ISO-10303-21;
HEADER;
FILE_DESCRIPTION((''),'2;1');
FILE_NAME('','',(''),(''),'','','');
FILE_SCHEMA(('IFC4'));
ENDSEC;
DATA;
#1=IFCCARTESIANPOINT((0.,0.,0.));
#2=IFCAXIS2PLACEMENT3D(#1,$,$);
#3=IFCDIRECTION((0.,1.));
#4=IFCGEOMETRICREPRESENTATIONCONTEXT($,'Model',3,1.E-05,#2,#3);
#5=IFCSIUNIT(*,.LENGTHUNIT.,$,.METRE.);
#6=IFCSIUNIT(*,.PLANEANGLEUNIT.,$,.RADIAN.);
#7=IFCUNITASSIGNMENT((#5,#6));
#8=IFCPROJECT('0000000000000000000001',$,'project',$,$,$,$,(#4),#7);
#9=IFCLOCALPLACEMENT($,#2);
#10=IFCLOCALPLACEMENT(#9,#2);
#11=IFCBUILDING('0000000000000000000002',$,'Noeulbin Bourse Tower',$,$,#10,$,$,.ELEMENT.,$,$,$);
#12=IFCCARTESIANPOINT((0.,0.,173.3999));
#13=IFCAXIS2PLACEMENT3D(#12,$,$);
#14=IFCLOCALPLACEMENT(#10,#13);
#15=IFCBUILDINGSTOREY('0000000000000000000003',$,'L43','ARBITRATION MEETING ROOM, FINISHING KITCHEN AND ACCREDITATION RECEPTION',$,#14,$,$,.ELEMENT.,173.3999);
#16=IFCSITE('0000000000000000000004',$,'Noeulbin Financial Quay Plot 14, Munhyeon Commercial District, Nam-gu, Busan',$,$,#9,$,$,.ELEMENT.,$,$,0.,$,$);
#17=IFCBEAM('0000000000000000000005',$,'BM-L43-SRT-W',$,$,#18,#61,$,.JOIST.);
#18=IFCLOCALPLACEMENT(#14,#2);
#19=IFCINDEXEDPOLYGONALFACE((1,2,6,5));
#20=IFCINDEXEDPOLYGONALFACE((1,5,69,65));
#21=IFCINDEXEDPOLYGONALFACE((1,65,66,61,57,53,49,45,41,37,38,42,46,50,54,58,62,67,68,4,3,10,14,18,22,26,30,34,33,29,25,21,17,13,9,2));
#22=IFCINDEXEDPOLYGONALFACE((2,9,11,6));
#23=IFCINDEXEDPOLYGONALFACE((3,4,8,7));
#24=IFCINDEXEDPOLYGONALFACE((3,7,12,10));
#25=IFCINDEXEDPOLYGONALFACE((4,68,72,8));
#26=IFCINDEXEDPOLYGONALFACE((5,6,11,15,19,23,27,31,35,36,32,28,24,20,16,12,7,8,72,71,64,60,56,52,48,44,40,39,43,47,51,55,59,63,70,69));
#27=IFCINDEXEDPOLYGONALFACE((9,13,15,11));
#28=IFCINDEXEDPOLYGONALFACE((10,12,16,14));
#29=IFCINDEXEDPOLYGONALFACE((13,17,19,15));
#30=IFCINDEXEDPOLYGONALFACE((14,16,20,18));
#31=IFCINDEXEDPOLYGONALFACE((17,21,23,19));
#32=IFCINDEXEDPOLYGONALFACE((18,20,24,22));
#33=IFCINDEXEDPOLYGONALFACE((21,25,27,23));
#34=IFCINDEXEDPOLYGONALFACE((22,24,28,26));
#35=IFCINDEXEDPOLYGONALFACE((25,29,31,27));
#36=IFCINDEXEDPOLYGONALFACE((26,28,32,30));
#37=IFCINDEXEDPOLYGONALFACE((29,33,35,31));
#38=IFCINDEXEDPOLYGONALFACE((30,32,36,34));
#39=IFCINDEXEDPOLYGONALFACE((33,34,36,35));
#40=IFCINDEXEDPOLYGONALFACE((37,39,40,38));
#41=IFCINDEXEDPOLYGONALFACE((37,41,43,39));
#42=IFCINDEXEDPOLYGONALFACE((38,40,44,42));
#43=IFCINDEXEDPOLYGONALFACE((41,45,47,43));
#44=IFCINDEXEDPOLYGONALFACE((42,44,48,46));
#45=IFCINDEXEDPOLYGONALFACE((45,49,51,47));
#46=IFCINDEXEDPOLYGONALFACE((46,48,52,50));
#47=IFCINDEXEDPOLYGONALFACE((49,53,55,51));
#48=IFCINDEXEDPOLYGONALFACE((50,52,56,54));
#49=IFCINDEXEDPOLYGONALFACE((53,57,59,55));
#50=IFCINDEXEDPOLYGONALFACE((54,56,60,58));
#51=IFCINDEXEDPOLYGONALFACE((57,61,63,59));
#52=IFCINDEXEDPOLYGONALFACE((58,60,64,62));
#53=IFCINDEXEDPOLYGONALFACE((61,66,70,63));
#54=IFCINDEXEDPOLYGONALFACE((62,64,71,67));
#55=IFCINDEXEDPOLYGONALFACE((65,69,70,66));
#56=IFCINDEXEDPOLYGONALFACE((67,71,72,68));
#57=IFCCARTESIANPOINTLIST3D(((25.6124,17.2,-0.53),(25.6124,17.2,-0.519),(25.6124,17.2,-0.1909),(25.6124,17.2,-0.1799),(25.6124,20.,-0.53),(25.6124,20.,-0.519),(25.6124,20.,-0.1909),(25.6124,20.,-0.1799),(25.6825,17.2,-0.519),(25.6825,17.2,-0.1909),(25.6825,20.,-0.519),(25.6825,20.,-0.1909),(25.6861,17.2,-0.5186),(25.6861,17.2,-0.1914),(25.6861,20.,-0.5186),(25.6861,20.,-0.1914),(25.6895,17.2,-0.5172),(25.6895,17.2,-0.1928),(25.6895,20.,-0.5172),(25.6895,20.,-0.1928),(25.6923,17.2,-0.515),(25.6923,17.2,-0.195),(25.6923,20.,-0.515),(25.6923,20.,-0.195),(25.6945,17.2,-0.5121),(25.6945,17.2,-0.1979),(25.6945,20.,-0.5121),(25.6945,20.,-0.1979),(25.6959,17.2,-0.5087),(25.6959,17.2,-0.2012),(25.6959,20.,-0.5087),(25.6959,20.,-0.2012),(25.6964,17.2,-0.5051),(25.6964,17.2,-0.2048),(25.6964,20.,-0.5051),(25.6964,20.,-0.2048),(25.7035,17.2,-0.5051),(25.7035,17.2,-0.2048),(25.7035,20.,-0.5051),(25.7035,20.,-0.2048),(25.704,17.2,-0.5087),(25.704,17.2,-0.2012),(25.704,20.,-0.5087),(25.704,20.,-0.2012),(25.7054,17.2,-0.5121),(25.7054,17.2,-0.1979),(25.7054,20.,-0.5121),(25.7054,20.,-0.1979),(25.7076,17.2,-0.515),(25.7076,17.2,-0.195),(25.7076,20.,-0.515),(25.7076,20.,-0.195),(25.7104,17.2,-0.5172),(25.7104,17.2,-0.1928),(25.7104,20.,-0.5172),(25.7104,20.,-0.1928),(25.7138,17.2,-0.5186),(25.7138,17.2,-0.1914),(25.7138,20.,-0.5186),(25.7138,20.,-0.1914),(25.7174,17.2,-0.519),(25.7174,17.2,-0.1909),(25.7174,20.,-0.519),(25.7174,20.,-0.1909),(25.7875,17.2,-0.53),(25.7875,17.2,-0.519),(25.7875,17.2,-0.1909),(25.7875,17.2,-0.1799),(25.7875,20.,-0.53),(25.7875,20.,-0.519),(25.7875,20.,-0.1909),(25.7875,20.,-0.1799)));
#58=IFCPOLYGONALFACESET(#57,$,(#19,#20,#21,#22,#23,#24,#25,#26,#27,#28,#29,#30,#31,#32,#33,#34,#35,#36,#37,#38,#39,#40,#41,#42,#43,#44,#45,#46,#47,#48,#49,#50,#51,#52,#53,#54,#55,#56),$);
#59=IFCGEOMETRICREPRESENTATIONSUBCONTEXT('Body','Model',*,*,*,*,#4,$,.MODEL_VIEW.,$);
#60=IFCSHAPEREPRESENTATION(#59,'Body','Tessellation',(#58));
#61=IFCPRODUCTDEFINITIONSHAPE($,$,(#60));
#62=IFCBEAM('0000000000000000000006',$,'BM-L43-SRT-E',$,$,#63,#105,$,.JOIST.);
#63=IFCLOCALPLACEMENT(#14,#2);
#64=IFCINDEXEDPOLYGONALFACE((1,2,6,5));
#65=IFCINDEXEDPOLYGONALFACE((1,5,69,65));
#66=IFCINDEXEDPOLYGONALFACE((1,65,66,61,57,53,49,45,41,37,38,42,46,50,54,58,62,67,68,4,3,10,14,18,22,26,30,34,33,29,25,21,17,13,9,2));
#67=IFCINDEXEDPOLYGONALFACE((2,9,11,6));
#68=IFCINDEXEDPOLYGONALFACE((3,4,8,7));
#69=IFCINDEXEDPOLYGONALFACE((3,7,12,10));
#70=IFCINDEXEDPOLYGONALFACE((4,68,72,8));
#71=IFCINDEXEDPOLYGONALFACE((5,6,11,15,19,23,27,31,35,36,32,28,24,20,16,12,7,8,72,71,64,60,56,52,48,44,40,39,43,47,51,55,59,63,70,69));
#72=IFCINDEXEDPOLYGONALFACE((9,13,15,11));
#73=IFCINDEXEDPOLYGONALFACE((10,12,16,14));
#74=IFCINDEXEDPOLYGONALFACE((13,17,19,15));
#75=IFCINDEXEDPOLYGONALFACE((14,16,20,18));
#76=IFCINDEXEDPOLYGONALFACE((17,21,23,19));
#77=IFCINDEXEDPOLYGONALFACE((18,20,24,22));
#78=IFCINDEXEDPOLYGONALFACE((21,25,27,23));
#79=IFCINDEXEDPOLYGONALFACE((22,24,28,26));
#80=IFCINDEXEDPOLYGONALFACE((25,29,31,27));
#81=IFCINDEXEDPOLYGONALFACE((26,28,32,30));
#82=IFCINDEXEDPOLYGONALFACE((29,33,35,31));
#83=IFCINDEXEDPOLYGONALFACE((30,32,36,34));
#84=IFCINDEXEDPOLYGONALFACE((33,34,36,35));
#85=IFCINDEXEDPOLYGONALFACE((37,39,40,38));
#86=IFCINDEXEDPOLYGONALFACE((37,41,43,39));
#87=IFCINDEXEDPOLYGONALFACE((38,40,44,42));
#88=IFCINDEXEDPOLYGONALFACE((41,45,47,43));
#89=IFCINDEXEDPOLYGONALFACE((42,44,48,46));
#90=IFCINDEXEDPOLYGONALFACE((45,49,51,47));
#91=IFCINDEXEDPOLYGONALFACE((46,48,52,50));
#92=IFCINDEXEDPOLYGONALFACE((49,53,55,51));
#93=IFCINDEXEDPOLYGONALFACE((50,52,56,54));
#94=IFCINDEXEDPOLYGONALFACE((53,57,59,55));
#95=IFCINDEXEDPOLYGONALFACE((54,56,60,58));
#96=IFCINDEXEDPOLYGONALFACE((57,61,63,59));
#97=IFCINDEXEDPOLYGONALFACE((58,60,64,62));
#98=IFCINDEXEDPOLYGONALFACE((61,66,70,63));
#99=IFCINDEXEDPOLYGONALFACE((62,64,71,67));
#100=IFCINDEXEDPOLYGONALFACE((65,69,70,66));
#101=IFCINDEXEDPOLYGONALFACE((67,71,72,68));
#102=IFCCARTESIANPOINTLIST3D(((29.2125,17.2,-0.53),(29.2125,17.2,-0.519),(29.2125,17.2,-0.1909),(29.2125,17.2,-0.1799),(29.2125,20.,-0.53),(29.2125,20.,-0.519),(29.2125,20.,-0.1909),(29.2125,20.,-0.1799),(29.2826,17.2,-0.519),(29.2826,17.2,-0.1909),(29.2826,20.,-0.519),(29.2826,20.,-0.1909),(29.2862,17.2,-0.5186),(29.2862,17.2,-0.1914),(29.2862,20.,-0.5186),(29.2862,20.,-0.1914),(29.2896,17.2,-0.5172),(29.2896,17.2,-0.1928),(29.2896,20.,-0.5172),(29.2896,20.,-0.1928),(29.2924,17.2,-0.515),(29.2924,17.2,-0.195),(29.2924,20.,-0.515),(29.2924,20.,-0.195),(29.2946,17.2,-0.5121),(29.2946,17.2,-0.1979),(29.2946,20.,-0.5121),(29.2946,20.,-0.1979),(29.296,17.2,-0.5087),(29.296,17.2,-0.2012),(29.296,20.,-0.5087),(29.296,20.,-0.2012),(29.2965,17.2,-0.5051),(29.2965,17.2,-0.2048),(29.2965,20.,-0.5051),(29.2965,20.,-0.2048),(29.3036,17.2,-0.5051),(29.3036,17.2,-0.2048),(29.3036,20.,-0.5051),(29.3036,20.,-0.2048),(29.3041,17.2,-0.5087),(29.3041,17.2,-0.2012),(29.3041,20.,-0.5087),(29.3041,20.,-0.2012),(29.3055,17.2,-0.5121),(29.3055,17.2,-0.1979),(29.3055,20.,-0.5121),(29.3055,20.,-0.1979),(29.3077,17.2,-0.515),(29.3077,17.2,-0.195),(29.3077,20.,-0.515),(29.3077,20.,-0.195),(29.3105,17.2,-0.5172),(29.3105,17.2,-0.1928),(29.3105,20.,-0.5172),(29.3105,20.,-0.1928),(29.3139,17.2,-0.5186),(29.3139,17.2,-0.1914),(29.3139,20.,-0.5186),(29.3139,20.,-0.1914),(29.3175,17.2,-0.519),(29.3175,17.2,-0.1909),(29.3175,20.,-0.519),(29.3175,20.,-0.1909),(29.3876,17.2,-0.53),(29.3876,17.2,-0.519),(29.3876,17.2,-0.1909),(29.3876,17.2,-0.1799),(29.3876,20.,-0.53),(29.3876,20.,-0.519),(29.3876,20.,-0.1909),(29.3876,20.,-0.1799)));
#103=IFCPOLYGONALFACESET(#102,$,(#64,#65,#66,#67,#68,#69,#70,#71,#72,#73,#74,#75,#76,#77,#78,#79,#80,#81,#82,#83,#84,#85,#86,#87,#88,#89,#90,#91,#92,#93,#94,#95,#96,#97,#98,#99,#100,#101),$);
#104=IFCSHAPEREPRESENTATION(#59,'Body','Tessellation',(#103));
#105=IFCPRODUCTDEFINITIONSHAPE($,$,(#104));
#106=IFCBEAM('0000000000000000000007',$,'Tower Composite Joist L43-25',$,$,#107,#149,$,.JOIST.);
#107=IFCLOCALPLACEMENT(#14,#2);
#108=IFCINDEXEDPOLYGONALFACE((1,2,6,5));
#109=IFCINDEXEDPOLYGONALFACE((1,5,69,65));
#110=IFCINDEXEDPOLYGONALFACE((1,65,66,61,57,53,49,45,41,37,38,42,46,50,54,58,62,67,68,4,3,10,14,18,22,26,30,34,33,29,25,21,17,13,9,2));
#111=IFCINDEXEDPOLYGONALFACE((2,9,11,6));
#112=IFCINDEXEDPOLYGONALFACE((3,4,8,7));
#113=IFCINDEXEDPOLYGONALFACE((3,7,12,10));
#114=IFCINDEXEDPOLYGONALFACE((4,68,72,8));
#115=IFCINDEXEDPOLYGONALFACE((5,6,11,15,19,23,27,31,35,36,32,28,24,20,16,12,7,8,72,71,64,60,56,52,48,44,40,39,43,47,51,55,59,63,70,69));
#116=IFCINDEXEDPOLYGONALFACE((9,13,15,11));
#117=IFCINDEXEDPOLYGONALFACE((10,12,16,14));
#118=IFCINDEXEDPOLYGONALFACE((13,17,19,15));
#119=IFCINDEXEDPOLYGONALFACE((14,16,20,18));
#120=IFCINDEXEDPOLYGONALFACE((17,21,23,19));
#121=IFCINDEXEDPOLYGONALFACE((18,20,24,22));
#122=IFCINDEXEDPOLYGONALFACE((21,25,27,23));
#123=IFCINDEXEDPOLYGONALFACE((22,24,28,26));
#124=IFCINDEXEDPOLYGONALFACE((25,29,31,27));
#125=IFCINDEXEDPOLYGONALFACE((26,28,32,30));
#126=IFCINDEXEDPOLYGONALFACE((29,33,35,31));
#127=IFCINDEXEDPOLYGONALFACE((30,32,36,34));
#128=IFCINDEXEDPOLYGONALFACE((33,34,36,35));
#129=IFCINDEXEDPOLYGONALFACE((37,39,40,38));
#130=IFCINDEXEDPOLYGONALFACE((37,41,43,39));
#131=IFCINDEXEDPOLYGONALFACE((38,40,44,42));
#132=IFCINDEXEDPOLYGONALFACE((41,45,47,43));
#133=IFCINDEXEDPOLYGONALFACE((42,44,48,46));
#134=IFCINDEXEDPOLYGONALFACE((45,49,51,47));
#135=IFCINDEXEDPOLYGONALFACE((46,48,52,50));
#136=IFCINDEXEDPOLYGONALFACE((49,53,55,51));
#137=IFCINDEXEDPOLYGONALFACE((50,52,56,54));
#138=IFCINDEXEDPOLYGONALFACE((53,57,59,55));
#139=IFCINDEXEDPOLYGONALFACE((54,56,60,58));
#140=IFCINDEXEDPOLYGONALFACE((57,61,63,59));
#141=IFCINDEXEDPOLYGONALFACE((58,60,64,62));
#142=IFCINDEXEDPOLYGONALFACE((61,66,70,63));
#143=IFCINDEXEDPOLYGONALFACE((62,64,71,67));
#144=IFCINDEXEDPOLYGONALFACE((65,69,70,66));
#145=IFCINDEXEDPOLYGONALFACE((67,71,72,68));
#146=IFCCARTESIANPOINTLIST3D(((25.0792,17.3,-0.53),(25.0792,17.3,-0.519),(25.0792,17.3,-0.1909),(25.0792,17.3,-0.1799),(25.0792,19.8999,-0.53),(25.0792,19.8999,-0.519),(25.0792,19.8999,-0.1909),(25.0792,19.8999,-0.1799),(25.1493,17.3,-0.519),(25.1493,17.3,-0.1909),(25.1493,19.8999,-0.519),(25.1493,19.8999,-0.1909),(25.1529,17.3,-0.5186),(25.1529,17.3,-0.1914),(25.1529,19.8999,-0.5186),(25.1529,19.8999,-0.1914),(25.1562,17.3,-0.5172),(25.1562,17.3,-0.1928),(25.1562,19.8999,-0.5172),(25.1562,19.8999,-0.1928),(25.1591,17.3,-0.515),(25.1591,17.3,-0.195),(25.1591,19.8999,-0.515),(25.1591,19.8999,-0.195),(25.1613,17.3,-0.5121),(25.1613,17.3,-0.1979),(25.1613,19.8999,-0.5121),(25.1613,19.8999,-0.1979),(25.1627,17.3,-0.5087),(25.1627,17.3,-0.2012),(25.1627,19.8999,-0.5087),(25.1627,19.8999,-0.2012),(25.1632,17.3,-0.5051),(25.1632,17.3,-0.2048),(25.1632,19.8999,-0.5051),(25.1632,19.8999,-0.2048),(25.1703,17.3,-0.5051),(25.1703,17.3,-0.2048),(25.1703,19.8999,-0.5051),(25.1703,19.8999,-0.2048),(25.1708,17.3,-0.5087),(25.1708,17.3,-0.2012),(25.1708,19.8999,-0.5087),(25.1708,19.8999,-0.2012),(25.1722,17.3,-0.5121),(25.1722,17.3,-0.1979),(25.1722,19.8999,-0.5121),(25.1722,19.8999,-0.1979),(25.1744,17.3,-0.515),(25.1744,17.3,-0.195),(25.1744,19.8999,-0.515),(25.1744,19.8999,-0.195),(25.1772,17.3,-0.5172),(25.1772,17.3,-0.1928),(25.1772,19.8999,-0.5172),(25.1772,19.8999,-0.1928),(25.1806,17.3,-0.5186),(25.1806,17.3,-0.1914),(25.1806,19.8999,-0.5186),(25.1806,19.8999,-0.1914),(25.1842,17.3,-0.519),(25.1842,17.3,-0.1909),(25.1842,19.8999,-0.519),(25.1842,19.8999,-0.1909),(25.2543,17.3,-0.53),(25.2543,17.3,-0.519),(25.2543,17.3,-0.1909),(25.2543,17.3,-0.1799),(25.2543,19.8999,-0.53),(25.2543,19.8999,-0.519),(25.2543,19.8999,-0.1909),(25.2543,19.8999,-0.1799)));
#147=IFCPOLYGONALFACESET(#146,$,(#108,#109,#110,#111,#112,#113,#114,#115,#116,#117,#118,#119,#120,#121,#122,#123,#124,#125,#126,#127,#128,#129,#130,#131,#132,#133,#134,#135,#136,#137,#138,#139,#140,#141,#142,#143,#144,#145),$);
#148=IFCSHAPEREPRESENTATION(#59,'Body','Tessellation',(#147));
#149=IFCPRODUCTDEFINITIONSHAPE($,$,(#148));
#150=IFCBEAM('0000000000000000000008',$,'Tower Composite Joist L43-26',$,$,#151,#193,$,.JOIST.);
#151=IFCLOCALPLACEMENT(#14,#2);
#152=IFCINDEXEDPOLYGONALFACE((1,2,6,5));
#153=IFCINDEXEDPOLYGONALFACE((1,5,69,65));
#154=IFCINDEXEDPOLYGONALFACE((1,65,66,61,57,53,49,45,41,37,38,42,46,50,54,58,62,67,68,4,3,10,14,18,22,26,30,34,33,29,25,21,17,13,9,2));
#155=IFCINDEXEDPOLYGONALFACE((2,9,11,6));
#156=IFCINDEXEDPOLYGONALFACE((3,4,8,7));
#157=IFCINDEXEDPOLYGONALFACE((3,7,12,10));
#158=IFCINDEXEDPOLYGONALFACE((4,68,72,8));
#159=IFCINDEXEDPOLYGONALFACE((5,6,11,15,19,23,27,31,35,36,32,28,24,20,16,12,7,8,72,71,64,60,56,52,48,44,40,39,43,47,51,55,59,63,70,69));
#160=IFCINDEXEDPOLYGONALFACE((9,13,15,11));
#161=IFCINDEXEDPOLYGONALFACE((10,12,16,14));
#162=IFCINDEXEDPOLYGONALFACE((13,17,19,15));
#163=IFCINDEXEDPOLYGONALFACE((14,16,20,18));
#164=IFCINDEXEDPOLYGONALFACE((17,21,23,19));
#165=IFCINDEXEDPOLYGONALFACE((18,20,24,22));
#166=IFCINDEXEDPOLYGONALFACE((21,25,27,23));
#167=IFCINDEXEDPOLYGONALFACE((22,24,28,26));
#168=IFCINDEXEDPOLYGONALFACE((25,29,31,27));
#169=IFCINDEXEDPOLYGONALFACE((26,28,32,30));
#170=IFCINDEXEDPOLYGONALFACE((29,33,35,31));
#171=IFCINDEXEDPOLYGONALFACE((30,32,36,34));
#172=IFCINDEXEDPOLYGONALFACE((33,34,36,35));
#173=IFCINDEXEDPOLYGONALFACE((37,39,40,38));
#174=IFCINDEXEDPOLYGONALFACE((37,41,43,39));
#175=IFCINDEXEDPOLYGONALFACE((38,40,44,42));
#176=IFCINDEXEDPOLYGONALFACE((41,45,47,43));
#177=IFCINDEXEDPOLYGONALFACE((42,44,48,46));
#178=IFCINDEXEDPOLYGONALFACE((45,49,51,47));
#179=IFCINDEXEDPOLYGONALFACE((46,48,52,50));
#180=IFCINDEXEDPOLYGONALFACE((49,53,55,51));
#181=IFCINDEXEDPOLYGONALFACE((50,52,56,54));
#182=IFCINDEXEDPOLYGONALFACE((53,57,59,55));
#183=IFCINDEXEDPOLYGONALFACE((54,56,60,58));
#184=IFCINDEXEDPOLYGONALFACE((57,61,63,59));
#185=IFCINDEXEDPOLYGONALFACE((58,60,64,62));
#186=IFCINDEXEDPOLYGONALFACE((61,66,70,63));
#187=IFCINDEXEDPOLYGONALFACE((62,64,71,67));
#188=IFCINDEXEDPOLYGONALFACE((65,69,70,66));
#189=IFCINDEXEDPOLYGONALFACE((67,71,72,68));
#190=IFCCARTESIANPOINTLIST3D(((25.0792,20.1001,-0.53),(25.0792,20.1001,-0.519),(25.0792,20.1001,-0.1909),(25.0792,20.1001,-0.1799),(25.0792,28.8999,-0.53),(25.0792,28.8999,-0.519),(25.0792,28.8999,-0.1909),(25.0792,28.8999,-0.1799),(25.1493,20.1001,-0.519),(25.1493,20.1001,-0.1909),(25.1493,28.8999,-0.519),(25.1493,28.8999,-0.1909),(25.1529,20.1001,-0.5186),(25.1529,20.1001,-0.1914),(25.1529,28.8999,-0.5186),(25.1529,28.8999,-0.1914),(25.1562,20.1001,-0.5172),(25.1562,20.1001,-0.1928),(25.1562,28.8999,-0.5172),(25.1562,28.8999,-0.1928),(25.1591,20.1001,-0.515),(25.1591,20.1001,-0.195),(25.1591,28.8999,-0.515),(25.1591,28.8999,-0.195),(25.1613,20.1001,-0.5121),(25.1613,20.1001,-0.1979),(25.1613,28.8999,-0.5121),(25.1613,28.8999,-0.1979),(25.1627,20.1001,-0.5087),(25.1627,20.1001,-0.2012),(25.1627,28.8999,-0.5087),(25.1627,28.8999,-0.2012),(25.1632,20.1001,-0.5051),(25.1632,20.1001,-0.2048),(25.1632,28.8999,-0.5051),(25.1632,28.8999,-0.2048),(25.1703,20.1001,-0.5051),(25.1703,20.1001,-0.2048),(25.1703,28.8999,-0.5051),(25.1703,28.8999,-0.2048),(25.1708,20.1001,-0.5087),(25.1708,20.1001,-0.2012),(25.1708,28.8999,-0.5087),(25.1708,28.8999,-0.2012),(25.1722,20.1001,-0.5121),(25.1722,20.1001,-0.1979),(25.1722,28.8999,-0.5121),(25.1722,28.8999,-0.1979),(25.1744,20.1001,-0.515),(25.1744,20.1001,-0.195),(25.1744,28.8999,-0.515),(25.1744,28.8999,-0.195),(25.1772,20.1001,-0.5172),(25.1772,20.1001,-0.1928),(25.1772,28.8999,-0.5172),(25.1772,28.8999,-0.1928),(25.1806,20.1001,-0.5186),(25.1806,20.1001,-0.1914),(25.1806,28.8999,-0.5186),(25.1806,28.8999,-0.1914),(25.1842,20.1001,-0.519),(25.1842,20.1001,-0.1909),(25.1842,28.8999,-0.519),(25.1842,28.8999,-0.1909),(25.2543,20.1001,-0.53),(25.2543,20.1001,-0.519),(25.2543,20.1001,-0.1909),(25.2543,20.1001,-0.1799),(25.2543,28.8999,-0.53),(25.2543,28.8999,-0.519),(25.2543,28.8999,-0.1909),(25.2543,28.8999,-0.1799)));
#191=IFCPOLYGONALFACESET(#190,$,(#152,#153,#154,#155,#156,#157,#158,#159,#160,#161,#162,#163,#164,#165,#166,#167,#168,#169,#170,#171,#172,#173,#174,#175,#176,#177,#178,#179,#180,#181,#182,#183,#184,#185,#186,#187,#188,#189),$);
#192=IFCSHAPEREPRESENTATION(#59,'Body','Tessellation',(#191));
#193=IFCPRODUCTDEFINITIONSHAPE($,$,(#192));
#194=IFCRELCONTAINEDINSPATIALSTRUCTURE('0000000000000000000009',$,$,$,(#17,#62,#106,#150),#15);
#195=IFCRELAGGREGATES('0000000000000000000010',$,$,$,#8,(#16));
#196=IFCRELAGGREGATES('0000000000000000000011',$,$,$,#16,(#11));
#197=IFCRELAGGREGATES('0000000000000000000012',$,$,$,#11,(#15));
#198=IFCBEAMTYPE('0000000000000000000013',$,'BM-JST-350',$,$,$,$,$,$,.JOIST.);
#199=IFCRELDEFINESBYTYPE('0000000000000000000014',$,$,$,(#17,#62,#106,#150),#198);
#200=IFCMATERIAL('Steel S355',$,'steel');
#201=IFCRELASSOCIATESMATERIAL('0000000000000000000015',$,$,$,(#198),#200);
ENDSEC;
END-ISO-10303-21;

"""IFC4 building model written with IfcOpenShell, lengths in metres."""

from ifc_helpers import new_model, si_unit, direction, frame, origin, origin_2d, place, context, subcontext, project, spatial, i_section, extrude, material, material_profile, profile_set, type_object, element, save


model = new_model("IFC4")

# Units and contexts
model_context = context("Model", 3, precision=1e-05, world=origin(), true_north=direction((0.0, 1.0)))
body_context = subcontext(model_context, "Body", "Model", "MODEL_VIEW")
ifc_project = project(units=[si_unit("LENGTHUNIT", "METRE"), si_unit("PLANEANGLEUNIT", "RADIAN")], contexts=[model_context])

# Site, building, storey
site_placement = place(None, origin())
site = spatial("IfcSite", under=ifc_project, at=site_placement, Name="Noeulbin Financial Quay Plot 14, Munhyeon Commercial District, Nam-gu, Busan", CompositionType="ELEMENT", RefElevation=0.0)
building_placement = place(site_placement, origin())
building = spatial("IfcBuilding", under=site, at=building_placement, Name="Noeulbin Bourse Tower", CompositionType="ELEMENT")
storey_placement = place(building_placement, frame((0.0, 0.0, 173.3999)))
storey = spatial("IfcBuildingStorey", under=building, at=storey_placement, Name="L43", Description="ARBITRATION MEETING ROOM, FINISHING KITCHEN AND ACCREDITATION RECEPTION", CompositionType="ELEMENT", Elevation=173.3999)

# Beams
ifc_material_1 = material(Name="Steel S355", Category="steel")
ifc_material_profile_1 = material_profile(ifc_material_1, i_section(OverallWidth=0.175, OverallDepth=0.3501, WebThickness=0.0071, FlangeThickness=0.011, FilletRadius=0.0139, at=origin_2d()), Name="H-350x175x7x11", Category="LoadBearing")
ifc_profile_set_1 = profile_set([ifc_material_profile_1], Name="Steel S355")
beam_type_1 = type_object("IfcBeamType", Name="BM-JST-350", PredefinedType="JOIST", material=ifc_profile_set_1)
for number, where, z_axis, x_axis, name in (
    (1, (25.7, 17.2, -0.355), (0.0, 1.0, 0.0), (-1.0, 0.0, 0.0), "BM-L43-SRT-W"),
    (2, (29.3, 17.2, -0.355), (0.0, 1.0, 0.0), (-1.0, 0.0, 0.0), "BM-L43-SRT-E"),
):
    element("IfcBeam", number, at=place(storey_placement, frame(where, z_axis=z_axis, x_axis=x_axis)), inside=storey, type_object=beam_type_1, Name=name, PredefinedType="JOIST", context=body_context, shape_type="SweptSolid", body=[
        extrude(i_section(OverallWidth=0.175, OverallDepth=0.3501, WebThickness=0.0071, FlangeThickness=0.011, FilletRadius=0.0139, at=origin_2d()), origin(), (0.0, 0.0, 1.0), 2.8),
    ])
beam_1_placement = place(storey_placement, frame((25.1667, 17.3, -0.355), z_axis=(0.0, 1.0, 0.0), x_axis=(-1.0, 0.0, 0.0)))
element("IfcBeam", 3, at=beam_1_placement, inside=storey, type_object=beam_type_1, Name="Tower Composite Joist L43-25", PredefinedType="JOIST", context=body_context, shape_type="SweptSolid", body=[
    extrude(i_section(OverallWidth=0.175, OverallDepth=0.3501, WebThickness=0.0071, FlangeThickness=0.011, FilletRadius=0.0139, at=origin_2d()), origin(), (0.0, 0.0, 1.0), 2.5999),
])
for number, where, z_axis, x_axis, name in (
    (4, (25.1667, 20.1001, -0.355), (0.0, 1.0, 0.0), (-1.0, 0.0, 0.0), "Tower Composite Joist L43-26"),
):
    element("IfcBeam", number, at=place(storey_placement, frame(where, z_axis=z_axis, x_axis=x_axis)), inside=storey, type_object=beam_type_1, Name=name, PredefinedType="JOIST", context=body_context, shape_type="SweptSolid", body=[
        extrude(i_section(OverallWidth=0.175, OverallDepth=0.3501, WebThickness=0.0071, FlangeThickness=0.011, FilletRadius=0.0139, at=origin_2d()), origin(), (0.0, 0.0, 1.0), 8.7998),
    ])

save(model, "model.ifc")
